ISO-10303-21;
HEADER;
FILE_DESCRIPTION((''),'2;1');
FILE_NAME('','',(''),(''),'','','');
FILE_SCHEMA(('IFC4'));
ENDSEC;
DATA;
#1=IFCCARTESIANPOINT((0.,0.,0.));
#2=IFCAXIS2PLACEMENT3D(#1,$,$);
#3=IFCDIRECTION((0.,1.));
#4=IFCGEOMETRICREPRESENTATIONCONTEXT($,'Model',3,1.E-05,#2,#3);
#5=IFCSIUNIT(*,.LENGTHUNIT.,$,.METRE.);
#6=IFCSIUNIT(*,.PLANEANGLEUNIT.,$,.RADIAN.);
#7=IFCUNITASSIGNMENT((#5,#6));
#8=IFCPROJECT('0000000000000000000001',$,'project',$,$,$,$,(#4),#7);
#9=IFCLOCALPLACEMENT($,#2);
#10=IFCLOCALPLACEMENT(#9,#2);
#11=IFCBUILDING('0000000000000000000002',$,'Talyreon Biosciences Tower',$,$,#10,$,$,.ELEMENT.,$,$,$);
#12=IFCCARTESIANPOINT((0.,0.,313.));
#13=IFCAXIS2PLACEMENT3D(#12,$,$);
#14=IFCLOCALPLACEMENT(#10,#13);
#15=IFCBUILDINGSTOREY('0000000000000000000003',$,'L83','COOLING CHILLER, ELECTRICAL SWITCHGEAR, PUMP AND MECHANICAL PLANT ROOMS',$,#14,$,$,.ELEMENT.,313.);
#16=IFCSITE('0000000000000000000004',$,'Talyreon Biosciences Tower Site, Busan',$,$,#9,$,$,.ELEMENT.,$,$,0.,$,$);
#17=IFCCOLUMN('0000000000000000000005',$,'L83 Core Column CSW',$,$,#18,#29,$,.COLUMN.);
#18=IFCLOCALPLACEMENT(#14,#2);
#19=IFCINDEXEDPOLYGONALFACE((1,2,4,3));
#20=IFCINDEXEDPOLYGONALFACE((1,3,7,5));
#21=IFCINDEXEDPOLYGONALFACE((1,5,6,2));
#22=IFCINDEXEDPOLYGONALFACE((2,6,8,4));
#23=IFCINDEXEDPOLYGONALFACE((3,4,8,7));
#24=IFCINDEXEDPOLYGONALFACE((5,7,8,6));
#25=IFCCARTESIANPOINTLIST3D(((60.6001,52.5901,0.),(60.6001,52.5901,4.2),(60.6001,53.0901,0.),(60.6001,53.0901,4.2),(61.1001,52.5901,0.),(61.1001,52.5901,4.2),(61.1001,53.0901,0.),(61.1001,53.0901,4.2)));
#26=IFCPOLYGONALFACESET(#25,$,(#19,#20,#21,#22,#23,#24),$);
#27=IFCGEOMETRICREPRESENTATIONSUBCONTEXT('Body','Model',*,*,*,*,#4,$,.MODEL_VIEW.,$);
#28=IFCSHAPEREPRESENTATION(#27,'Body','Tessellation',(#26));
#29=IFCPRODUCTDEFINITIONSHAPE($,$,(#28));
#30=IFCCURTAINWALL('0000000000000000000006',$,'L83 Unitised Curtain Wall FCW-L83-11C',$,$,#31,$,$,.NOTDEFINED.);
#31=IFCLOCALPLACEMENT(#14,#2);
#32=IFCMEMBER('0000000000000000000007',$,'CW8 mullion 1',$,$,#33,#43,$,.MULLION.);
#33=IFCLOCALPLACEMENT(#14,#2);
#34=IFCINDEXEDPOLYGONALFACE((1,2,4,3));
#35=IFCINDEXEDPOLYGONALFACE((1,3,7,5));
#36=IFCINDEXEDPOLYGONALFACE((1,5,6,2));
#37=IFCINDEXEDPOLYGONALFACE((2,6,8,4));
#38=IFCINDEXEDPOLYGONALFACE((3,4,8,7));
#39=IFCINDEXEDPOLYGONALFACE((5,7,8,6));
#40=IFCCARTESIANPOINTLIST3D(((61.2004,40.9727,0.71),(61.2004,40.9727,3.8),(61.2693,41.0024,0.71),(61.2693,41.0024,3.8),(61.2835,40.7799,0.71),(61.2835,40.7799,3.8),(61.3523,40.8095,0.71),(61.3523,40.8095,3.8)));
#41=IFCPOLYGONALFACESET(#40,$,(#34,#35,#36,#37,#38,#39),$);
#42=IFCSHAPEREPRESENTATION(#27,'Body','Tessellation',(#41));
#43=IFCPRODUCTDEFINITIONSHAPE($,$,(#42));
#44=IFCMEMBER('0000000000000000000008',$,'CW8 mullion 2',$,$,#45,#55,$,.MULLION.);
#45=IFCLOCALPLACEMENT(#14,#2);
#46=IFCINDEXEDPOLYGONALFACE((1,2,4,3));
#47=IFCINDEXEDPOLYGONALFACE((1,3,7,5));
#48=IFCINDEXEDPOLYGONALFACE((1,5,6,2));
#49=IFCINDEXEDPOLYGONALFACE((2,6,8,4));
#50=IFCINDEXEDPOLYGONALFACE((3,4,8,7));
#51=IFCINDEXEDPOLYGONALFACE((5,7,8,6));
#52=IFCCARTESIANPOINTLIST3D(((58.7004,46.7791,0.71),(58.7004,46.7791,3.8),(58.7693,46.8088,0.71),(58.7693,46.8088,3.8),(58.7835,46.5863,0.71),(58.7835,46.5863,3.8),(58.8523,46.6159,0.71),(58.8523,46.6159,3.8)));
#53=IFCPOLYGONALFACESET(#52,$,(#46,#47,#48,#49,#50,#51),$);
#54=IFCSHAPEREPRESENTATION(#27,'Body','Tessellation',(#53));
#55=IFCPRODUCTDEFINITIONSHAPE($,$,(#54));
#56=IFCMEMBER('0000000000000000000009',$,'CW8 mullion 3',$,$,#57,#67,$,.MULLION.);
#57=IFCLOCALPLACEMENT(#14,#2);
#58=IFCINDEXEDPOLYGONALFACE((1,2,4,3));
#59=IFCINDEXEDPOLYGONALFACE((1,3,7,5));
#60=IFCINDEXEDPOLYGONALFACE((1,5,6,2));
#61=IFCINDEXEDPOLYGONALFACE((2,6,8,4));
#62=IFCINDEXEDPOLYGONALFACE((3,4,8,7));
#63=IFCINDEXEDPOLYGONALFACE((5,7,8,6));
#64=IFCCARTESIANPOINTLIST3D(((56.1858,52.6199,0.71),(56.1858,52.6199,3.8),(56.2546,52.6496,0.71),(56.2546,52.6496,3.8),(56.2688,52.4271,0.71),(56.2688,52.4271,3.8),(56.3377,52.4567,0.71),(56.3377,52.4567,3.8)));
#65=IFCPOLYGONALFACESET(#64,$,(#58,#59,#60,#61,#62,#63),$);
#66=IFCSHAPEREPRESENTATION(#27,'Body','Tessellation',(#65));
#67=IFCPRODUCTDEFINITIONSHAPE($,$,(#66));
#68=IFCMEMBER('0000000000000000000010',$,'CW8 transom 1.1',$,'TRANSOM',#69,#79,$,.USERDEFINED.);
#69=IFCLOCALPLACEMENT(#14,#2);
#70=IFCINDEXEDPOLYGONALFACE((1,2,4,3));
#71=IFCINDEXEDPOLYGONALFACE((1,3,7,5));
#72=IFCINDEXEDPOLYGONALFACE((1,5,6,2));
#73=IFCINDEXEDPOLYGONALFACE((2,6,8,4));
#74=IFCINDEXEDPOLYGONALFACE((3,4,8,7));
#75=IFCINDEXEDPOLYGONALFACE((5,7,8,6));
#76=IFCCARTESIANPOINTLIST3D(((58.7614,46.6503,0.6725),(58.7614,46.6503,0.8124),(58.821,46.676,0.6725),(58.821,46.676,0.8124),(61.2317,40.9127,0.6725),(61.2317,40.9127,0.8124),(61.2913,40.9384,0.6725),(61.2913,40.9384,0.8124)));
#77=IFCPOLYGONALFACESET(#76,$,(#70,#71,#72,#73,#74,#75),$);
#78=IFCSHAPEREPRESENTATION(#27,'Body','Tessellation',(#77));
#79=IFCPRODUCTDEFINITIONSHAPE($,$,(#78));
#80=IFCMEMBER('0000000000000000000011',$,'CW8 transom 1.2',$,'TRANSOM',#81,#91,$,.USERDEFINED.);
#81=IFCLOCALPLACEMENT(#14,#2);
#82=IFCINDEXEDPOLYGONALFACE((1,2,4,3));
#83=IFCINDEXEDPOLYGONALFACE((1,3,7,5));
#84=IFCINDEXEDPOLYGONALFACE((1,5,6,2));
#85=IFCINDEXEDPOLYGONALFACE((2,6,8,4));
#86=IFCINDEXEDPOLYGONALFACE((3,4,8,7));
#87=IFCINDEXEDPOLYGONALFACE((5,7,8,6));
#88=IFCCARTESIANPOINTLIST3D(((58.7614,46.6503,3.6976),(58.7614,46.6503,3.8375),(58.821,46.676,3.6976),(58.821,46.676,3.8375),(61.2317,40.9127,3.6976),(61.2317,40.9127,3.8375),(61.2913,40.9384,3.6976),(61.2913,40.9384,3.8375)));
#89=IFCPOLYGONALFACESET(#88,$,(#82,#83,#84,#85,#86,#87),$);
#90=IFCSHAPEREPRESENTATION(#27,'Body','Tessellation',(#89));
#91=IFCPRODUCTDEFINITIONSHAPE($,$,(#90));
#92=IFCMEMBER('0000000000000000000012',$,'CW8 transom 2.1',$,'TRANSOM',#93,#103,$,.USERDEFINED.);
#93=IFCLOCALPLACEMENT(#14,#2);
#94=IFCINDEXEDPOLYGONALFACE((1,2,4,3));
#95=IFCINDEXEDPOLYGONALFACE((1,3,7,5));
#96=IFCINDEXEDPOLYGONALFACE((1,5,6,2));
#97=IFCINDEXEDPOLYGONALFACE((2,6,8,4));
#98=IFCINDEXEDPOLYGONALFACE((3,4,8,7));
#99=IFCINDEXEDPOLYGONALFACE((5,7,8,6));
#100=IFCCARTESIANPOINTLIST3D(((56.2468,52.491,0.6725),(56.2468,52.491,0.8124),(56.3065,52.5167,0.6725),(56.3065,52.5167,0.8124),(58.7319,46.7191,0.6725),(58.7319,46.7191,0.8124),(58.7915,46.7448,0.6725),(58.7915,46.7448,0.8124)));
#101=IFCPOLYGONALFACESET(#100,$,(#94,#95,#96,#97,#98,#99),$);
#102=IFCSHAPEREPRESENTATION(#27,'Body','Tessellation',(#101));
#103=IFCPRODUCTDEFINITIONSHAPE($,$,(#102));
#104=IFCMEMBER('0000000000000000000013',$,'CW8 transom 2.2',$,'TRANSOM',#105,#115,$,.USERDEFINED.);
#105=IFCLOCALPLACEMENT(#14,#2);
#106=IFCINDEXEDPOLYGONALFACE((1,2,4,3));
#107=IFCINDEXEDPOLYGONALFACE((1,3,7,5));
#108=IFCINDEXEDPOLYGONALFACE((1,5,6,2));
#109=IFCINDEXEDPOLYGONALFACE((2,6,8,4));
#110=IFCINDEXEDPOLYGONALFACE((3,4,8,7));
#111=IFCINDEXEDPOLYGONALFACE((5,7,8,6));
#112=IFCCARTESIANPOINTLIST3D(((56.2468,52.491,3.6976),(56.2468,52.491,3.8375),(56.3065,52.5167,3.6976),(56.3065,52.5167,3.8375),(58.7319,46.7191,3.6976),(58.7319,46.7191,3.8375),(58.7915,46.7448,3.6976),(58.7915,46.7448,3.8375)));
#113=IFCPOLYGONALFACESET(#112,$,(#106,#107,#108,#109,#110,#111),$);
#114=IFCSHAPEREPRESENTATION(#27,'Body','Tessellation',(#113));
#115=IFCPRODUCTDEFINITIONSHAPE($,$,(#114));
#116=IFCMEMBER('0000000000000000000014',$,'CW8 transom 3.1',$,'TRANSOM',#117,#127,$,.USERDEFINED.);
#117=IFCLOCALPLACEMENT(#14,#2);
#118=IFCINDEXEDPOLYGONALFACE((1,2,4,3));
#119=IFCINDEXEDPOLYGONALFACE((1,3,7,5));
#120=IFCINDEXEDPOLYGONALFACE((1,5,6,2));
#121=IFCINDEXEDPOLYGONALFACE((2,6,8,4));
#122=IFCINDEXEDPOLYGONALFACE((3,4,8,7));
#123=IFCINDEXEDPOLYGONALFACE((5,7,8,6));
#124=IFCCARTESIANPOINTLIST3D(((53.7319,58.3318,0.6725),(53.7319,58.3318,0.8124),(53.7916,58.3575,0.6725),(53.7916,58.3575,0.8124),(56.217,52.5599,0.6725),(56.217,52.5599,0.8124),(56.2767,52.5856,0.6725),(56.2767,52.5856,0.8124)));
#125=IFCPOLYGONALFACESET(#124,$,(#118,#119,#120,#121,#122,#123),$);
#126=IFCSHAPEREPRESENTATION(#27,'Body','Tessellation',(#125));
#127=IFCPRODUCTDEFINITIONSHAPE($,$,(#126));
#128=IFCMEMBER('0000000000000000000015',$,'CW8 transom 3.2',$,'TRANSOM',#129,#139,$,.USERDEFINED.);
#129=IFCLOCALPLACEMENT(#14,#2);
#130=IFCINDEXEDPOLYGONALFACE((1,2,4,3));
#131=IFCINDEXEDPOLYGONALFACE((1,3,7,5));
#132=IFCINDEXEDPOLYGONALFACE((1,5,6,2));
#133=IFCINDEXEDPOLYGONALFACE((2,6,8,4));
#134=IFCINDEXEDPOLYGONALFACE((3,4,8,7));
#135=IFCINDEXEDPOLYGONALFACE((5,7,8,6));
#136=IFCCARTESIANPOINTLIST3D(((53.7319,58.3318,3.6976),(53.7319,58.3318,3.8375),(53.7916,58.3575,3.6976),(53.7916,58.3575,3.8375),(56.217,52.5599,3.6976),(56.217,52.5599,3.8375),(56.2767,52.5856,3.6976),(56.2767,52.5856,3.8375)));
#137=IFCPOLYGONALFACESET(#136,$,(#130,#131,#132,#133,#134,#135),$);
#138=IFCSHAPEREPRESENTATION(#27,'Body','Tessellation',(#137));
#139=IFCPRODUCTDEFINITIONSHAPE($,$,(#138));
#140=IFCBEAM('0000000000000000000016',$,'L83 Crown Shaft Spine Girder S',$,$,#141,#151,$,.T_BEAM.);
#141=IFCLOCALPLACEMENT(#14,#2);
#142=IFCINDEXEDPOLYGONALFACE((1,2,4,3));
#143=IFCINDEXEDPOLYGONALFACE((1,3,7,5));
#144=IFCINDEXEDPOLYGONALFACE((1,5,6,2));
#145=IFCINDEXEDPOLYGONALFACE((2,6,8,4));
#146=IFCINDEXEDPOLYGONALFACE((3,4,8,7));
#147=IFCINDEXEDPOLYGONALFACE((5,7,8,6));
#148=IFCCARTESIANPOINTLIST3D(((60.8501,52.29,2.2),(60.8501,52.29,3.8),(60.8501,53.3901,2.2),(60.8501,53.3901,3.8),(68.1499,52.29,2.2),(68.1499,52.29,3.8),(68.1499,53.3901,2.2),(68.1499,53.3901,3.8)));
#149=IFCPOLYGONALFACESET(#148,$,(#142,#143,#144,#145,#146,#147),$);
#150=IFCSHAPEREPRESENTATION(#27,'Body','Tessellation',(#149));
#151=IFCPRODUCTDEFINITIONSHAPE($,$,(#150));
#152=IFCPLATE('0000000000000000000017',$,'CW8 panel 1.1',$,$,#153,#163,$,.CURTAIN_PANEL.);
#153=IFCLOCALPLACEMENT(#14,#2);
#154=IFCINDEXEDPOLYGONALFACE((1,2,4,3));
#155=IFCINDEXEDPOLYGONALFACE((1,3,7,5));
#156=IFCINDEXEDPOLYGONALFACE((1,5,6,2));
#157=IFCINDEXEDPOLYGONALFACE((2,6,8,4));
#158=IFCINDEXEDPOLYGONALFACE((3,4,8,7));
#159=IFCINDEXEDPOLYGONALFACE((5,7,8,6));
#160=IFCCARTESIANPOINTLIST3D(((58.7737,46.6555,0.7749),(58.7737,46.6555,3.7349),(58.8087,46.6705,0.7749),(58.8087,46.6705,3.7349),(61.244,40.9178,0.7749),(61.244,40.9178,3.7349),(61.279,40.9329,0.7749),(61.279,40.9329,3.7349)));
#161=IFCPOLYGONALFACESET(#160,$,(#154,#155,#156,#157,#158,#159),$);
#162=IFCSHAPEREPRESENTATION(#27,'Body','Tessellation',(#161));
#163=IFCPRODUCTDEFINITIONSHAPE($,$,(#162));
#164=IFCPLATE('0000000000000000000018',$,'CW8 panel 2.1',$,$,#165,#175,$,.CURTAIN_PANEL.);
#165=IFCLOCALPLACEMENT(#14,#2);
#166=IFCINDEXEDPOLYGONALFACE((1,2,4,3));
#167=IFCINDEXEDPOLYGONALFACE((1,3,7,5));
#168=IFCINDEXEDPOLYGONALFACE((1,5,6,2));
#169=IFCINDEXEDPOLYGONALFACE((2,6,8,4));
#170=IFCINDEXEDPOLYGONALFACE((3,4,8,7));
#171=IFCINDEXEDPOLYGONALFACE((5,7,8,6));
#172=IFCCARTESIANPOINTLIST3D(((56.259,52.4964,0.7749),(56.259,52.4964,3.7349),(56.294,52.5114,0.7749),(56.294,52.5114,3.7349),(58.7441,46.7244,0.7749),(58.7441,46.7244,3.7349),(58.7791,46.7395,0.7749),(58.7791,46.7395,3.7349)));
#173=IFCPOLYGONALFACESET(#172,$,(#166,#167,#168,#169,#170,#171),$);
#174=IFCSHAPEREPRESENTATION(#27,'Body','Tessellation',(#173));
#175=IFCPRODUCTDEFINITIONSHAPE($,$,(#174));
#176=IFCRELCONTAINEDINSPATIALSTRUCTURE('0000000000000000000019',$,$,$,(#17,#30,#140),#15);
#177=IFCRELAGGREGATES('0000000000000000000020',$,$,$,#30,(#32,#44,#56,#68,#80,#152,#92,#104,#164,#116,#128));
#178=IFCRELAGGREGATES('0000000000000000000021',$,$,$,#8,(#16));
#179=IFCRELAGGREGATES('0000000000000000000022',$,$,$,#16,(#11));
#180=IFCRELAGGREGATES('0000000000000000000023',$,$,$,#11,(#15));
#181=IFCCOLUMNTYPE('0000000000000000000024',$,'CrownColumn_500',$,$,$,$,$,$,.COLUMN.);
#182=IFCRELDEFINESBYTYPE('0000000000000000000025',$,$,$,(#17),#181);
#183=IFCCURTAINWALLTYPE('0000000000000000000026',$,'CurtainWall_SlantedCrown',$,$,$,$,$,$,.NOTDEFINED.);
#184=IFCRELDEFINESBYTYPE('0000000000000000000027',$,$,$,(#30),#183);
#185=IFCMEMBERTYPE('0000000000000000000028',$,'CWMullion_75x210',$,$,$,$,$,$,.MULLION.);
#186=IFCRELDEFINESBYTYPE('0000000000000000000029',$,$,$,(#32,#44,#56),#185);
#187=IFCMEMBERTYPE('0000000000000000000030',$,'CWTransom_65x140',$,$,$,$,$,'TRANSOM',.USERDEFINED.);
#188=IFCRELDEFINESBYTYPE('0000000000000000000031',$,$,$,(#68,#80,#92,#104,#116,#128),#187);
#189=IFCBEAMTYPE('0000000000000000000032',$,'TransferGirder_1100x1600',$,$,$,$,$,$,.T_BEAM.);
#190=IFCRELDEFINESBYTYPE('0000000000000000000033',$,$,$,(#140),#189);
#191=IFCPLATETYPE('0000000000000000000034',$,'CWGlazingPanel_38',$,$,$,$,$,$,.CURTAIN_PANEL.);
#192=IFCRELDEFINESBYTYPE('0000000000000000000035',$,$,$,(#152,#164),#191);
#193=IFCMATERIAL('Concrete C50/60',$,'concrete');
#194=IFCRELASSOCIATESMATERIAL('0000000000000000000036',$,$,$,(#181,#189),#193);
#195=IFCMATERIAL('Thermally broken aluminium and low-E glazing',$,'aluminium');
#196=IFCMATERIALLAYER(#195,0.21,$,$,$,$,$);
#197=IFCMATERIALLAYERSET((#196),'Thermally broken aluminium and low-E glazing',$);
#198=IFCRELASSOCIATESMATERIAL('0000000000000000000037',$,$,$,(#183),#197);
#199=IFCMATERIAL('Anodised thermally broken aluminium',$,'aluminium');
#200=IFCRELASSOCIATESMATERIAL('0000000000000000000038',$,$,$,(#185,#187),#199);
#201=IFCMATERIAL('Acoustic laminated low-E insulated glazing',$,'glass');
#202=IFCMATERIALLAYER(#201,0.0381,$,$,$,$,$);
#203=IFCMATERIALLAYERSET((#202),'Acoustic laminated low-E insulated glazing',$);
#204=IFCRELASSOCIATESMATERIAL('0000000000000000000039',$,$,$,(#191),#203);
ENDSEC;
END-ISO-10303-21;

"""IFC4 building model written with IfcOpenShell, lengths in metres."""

from ifc_helpers import new_model, si_unit, direction, frame, origin, origin_2d, place, context, subcontext, project, spatial, rectangle, extrude, material, layer, layer_set, material_profile, profile_set, type_object, element, aggregate, save


model = new_model("IFC4")

# Units and contexts
model_context = context("Model", 3, precision=1e-05, world=origin(), true_north=direction((0.0, 1.0)))
body_context = subcontext(model_context, "Body", "Model", "MODEL_VIEW")
ifc_project = project(units=[si_unit("LENGTHUNIT", "METRE"), si_unit("PLANEANGLEUNIT", "RADIAN")], contexts=[model_context])

# Site, building, storey
site_placement = place(None, origin())
site = spatial("IfcSite", under=ifc_project, at=site_placement, Name="Talyreon Biosciences Tower Site, Busan", CompositionType="ELEMENT", RefElevation=0.0)
building_placement = place(site_placement, origin())
building = spatial("IfcBuilding", under=site, at=building_placement, Name="Talyreon Biosciences Tower", CompositionType="ELEMENT")
storey_placement = place(building_placement, frame((0.0, 0.0, 313.0)))
storey = spatial("IfcBuildingStorey", under=building, at=storey_placement, Name="L83", Description="COOLING CHILLER, ELECTRICAL SWITCHGEAR, PUMP AND MECHANICAL PLANT ROOMS", CompositionType="ELEMENT", Elevation=313.0)

# Column
ifc_material_1 = material(Name="Concrete C50/60", Category="concrete")
ifc_material_profile_1 = material_profile(ifc_material_1, rectangle(XDim=0.5, YDim=0.5, at=origin_2d()), Name="RC 500x500")
ifc_profile_set_1 = profile_set([ifc_material_profile_1], Name="Concrete C50/60")
column_type = type_object("IfcColumnType", Name="CrownColumn_500", PredefinedType="COLUMN", material=ifc_profile_set_1)
column_placement = place(storey_placement, frame((60.8501, 52.8401, 0.0), z_axis=(0.0, 0.0, 1.0), x_axis=(1.0, 0.0, 0.0)))
element("IfcColumn", 1, at=column_placement, inside=storey, type_object=column_type, Name="L83 Core Column CSW", PredefinedType="COLUMN", context=body_context, shape_type="SweptSolid", body=[
    extrude(rectangle(XDim=0.5, YDim=0.5, at=origin_2d()), origin(), (0.0, 0.0, 1.0), 4.2),
])

# Curtain wall, members
ifc_material_2 = material(Name="Thermally broken aluminium and low-E glazing", Category="aluminium")
ifc_layer_1 = layer(ifc_material_2, 0.21)
ifc_layer_set_1 = layer_set([ifc_layer_1], Name="Thermally broken aluminium and low-E glazing")
curtain_wall_type = type_object("IfcCurtainWallType", Name="CurtainWall_SlantedCrown", PredefinedType="NOTDEFINED", material=ifc_layer_set_1)
curtain_wall_placement = place(storey_placement, origin())
curtain_wall = element("IfcCurtainWall", 2, at=curtain_wall_placement, inside=storey, type_object=curtain_wall_type, Name="L83 Unitised Curtain Wall FCW-L83-11C", PredefinedType="NOTDEFINED")
ifc_material_3 = material(Name="Anodised thermally broken aluminium", Category="aluminium")
ifc_material_profile_2 = material_profile(ifc_material_3, rectangle(XDim=0.075, YDim=0.21, at=origin_2d()), Name="ALUM MULLION 75x210")
ifc_profile_set_2 = profile_set([ifc_material_profile_2], Name="Anodised thermally broken aluminium")
member_type_1 = type_object("IfcMemberType", Name="CWMullion_75x210", PredefinedType="MULLION", material=ifc_profile_set_2)
member_1_placement = place(storey_placement, frame((61.2764, 40.8911, 0.71), z_axis=(0.0, 0.0, 1.0), x_axis=(-0.918487, -0.395451, 0.0)))
member_1 = element("IfcMember", 3, at=member_1_placement, type_object=member_type_1, Name="CW8 mullion 1", PredefinedType="MULLION", context=body_context, shape_type="SweptSolid", body=[
    extrude(rectangle(XDim=0.075, YDim=0.21, at=origin_2d()), origin(), (0.0, 0.0, 1.0), 3.0901),
])
member_2_placement = place(storey_placement, frame((58.7764, 46.6975, 0.71), z_axis=(0.0, 0.0, 1.0), x_axis=(-0.918487, -0.395451, 0.0)))
member_2 = element("IfcMember", 4, at=member_2_placement, type_object=member_type_1, Name="CW8 mullion 2", PredefinedType="MULLION", context=body_context, shape_type="SweptSolid", body=[
    extrude(rectangle(XDim=0.075, YDim=0.21, at=origin_2d()), origin(), (0.0, 0.0, 1.0), 3.0901),
])
member_3_placement = place(storey_placement, frame((56.2617, 52.5383, 0.71), z_axis=(0.0, 0.0, 1.0), x_axis=(-0.918487, -0.395451, 0.0)))
member_3 = element("IfcMember", 5, at=member_3_placement, type_object=member_type_1, Name="CW8 mullion 3", PredefinedType="MULLION", context=body_context, shape_type="SweptSolid", body=[
    extrude(rectangle(XDim=0.075, YDim=0.21, at=origin_2d()), origin(), (0.0, 0.0, 1.0), 3.0901),
])
ifc_material_profile_3 = material_profile(ifc_material_3, rectangle(XDim=0.0649, YDim=0.1399, at=origin_2d()), Name="ALUM TRANSOM 65x140")
ifc_profile_set_3 = profile_set([ifc_material_profile_3], Name="Anodised thermally broken aluminium")
member_type_2 = type_object("IfcMemberType", Name="CWTransom_65x140", ElementType="TRANSOM", PredefinedType="USERDEFINED", material=ifc_profile_set_3)
member_4_placement = place(storey_placement, frame((61.2615, 40.9255, 0.7424), z_axis=(-0.395442, 0.918491, 0.0), x_axis=(-0.918491, -0.395442, 0.0)))
member_4 = element("IfcMember", 6, at=member_4_placement, type_object=member_type_2, Name="CW8 transom 1.1", ObjectType="TRANSOM", PredefinedType="USERDEFINED", context=body_context, shape_type="SweptSolid", body=[
    extrude(rectangle(XDim=0.0649, YDim=0.1399, at=origin_2d()), origin(), (0.0, 0.0, 1.0), 6.2468),
])
member_5_placement = place(storey_placement, frame((61.2615, 40.9255, 3.7676), z_axis=(-0.395442, 0.918491, 0.0), x_axis=(-0.918491, -0.395442, 0.0)))
member_5 = element("IfcMember", 7, at=member_5_placement, type_object=member_type_2, Name="CW8 transom 1.2", ObjectType="TRANSOM", PredefinedType="USERDEFINED", context=body_context, shape_type="SweptSolid", body=[
    extrude(rectangle(XDim=0.0649, YDim=0.1399, at=origin_2d()), origin(), (0.0, 0.0, 1.0), 6.2468),
])
member_6_placement = place(storey_placement, frame((58.7617, 46.7319, 0.7424), z_axis=(-0.395452, 0.918487, 0.0), x_axis=(-0.918487, -0.395452, 0.0)))
member_6 = element("IfcMember", 8, at=member_6_placement, type_object=member_type_2, Name="CW8 transom 2.1", ObjectType="TRANSOM", PredefinedType="USERDEFINED", context=body_context, shape_type="SweptSolid", body=[
    extrude(rectangle(XDim=0.0649, YDim=0.1399, at=origin_2d()), origin(), (0.0, 0.0, 1.0), 6.2842),
])
member_7_placement = place(storey_placement, frame((58.7617, 46.7319, 3.7676), z_axis=(-0.395452, 0.918487, 0.0), x_axis=(-0.918487, -0.395452, 0.0)))
member_7 = element("IfcMember", 9, at=member_7_placement, type_object=member_type_2, Name="CW8 transom 2.2", ObjectType="TRANSOM", PredefinedType="USERDEFINED", context=body_context, shape_type="SweptSolid", body=[
    extrude(rectangle(XDim=0.0649, YDim=0.1399, at=origin_2d()), origin(), (0.0, 0.0, 1.0), 6.2842),
])
member_8_placement = place(storey_placement, frame((56.2468, 52.5728, 0.7424), z_axis=(-0.395452, 0.918487, 0.0), x_axis=(-0.918487, -0.395452, 0.0)))
member_8 = element("IfcMember", 10, at=member_8_placement, type_object=member_type_2, Name="CW8 transom 3.1", ObjectType="TRANSOM", PredefinedType="USERDEFINED", context=body_context, shape_type="SweptSolid", body=[
    extrude(rectangle(XDim=0.0649, YDim=0.1399, at=origin_2d()), origin(), (0.0, 0.0, 1.0), 6.2842),
])
member_9_placement = place(storey_placement, frame((56.2468, 52.5728, 3.7676), z_axis=(-0.395452, 0.918487, 0.0), x_axis=(-0.918487, -0.395452, 0.0)))
member_9 = element("IfcMember", 11, at=member_9_placement, type_object=member_type_2, Name="CW8 transom 3.2", ObjectType="TRANSOM", PredefinedType="USERDEFINED", context=body_context, shape_type="SweptSolid", body=[
    extrude(rectangle(XDim=0.0649, YDim=0.1399, at=origin_2d()), origin(), (0.0, 0.0, 1.0), 6.2842),
])

# Beam
ifc_material_profile_4 = material_profile(ifc_material_1, rectangle(XDim=1.1001, YDim=1.6001, at=origin_2d()), Name="RCB 1100x1600")
ifc_profile_set_4 = profile_set([ifc_material_profile_4], Name="Concrete C50/60")
beam_type = type_object("IfcBeamType", Name="TransferGirder_1100x1600", PredefinedType="T_BEAM", material=ifc_profile_set_4)
beam_placement = place(storey_placement, frame((60.8501, 52.8401, 3.0), z_axis=(1.0, 0.0, 0.0), x_axis=(0.0, 1.0, 0.0)))
element("IfcBeam", 12, at=beam_placement, inside=storey, type_object=beam_type, Name="L83 Crown Shaft Spine Girder S", PredefinedType="T_BEAM", context=body_context, shape_type="SweptSolid", body=[
    extrude(rectangle(XDim=1.1001, YDim=1.6001, at=origin_2d()), origin(), (0.0, 0.0, 1.0), 7.2998),
])

# Plates
ifc_material_4 = material(Name="Acoustic laminated low-E insulated glazing", Category="glass")
ifc_layer_2 = layer(ifc_material_4, 0.0381)
ifc_layer_set_2 = layer_set([ifc_layer_2], Name="Acoustic laminated low-E insulated glazing")
plate_type = type_object("IfcPlateType", Name="CWGlazingPanel_38", PredefinedType="CURTAIN_PANEL", material=ifc_layer_set_2)
plate_1_placement = place(storey_placement, frame((60.0264, 43.7942, 0.7749), z_axis=(0.0, 0.0, 1.0), x_axis=(-0.395451, 0.918487, 0.0)))
plate_1 = element("IfcPlate", 13, at=plate_1_placement, type_object=plate_type, Name="CW8 panel 1.1", PredefinedType="CURTAIN_PANEL", context=body_context, shape_type="SweptSolid", body=[
    extrude(rectangle(XDim=6.2468, YDim=0.0381, at=origin_2d()), origin(), (0.0, 0.0, 1.0), 2.96),
])
plate_2_placement = place(storey_placement, frame((57.519, 49.6179, 0.7749), z_axis=(0.0, 0.0, 1.0), x_axis=(-0.395451, 0.918487, 0.0)))
plate_2 = element("IfcPlate", 14, at=plate_2_placement, type_object=plate_type, Name="CW8 panel 2.1", PredefinedType="CURTAIN_PANEL", context=body_context, shape_type="SweptSolid", body=[
    extrude(rectangle(XDim=6.2842, YDim=0.0381, at=origin_2d()), origin(), (0.0, 0.0, 1.0), 2.96),
])
aggregate(curtain_wall, [member_1, member_2, member_3, member_4, member_5, plate_1, member_6, member_7, plate_2, member_8, member_9])

save(model, "model.ifc")
